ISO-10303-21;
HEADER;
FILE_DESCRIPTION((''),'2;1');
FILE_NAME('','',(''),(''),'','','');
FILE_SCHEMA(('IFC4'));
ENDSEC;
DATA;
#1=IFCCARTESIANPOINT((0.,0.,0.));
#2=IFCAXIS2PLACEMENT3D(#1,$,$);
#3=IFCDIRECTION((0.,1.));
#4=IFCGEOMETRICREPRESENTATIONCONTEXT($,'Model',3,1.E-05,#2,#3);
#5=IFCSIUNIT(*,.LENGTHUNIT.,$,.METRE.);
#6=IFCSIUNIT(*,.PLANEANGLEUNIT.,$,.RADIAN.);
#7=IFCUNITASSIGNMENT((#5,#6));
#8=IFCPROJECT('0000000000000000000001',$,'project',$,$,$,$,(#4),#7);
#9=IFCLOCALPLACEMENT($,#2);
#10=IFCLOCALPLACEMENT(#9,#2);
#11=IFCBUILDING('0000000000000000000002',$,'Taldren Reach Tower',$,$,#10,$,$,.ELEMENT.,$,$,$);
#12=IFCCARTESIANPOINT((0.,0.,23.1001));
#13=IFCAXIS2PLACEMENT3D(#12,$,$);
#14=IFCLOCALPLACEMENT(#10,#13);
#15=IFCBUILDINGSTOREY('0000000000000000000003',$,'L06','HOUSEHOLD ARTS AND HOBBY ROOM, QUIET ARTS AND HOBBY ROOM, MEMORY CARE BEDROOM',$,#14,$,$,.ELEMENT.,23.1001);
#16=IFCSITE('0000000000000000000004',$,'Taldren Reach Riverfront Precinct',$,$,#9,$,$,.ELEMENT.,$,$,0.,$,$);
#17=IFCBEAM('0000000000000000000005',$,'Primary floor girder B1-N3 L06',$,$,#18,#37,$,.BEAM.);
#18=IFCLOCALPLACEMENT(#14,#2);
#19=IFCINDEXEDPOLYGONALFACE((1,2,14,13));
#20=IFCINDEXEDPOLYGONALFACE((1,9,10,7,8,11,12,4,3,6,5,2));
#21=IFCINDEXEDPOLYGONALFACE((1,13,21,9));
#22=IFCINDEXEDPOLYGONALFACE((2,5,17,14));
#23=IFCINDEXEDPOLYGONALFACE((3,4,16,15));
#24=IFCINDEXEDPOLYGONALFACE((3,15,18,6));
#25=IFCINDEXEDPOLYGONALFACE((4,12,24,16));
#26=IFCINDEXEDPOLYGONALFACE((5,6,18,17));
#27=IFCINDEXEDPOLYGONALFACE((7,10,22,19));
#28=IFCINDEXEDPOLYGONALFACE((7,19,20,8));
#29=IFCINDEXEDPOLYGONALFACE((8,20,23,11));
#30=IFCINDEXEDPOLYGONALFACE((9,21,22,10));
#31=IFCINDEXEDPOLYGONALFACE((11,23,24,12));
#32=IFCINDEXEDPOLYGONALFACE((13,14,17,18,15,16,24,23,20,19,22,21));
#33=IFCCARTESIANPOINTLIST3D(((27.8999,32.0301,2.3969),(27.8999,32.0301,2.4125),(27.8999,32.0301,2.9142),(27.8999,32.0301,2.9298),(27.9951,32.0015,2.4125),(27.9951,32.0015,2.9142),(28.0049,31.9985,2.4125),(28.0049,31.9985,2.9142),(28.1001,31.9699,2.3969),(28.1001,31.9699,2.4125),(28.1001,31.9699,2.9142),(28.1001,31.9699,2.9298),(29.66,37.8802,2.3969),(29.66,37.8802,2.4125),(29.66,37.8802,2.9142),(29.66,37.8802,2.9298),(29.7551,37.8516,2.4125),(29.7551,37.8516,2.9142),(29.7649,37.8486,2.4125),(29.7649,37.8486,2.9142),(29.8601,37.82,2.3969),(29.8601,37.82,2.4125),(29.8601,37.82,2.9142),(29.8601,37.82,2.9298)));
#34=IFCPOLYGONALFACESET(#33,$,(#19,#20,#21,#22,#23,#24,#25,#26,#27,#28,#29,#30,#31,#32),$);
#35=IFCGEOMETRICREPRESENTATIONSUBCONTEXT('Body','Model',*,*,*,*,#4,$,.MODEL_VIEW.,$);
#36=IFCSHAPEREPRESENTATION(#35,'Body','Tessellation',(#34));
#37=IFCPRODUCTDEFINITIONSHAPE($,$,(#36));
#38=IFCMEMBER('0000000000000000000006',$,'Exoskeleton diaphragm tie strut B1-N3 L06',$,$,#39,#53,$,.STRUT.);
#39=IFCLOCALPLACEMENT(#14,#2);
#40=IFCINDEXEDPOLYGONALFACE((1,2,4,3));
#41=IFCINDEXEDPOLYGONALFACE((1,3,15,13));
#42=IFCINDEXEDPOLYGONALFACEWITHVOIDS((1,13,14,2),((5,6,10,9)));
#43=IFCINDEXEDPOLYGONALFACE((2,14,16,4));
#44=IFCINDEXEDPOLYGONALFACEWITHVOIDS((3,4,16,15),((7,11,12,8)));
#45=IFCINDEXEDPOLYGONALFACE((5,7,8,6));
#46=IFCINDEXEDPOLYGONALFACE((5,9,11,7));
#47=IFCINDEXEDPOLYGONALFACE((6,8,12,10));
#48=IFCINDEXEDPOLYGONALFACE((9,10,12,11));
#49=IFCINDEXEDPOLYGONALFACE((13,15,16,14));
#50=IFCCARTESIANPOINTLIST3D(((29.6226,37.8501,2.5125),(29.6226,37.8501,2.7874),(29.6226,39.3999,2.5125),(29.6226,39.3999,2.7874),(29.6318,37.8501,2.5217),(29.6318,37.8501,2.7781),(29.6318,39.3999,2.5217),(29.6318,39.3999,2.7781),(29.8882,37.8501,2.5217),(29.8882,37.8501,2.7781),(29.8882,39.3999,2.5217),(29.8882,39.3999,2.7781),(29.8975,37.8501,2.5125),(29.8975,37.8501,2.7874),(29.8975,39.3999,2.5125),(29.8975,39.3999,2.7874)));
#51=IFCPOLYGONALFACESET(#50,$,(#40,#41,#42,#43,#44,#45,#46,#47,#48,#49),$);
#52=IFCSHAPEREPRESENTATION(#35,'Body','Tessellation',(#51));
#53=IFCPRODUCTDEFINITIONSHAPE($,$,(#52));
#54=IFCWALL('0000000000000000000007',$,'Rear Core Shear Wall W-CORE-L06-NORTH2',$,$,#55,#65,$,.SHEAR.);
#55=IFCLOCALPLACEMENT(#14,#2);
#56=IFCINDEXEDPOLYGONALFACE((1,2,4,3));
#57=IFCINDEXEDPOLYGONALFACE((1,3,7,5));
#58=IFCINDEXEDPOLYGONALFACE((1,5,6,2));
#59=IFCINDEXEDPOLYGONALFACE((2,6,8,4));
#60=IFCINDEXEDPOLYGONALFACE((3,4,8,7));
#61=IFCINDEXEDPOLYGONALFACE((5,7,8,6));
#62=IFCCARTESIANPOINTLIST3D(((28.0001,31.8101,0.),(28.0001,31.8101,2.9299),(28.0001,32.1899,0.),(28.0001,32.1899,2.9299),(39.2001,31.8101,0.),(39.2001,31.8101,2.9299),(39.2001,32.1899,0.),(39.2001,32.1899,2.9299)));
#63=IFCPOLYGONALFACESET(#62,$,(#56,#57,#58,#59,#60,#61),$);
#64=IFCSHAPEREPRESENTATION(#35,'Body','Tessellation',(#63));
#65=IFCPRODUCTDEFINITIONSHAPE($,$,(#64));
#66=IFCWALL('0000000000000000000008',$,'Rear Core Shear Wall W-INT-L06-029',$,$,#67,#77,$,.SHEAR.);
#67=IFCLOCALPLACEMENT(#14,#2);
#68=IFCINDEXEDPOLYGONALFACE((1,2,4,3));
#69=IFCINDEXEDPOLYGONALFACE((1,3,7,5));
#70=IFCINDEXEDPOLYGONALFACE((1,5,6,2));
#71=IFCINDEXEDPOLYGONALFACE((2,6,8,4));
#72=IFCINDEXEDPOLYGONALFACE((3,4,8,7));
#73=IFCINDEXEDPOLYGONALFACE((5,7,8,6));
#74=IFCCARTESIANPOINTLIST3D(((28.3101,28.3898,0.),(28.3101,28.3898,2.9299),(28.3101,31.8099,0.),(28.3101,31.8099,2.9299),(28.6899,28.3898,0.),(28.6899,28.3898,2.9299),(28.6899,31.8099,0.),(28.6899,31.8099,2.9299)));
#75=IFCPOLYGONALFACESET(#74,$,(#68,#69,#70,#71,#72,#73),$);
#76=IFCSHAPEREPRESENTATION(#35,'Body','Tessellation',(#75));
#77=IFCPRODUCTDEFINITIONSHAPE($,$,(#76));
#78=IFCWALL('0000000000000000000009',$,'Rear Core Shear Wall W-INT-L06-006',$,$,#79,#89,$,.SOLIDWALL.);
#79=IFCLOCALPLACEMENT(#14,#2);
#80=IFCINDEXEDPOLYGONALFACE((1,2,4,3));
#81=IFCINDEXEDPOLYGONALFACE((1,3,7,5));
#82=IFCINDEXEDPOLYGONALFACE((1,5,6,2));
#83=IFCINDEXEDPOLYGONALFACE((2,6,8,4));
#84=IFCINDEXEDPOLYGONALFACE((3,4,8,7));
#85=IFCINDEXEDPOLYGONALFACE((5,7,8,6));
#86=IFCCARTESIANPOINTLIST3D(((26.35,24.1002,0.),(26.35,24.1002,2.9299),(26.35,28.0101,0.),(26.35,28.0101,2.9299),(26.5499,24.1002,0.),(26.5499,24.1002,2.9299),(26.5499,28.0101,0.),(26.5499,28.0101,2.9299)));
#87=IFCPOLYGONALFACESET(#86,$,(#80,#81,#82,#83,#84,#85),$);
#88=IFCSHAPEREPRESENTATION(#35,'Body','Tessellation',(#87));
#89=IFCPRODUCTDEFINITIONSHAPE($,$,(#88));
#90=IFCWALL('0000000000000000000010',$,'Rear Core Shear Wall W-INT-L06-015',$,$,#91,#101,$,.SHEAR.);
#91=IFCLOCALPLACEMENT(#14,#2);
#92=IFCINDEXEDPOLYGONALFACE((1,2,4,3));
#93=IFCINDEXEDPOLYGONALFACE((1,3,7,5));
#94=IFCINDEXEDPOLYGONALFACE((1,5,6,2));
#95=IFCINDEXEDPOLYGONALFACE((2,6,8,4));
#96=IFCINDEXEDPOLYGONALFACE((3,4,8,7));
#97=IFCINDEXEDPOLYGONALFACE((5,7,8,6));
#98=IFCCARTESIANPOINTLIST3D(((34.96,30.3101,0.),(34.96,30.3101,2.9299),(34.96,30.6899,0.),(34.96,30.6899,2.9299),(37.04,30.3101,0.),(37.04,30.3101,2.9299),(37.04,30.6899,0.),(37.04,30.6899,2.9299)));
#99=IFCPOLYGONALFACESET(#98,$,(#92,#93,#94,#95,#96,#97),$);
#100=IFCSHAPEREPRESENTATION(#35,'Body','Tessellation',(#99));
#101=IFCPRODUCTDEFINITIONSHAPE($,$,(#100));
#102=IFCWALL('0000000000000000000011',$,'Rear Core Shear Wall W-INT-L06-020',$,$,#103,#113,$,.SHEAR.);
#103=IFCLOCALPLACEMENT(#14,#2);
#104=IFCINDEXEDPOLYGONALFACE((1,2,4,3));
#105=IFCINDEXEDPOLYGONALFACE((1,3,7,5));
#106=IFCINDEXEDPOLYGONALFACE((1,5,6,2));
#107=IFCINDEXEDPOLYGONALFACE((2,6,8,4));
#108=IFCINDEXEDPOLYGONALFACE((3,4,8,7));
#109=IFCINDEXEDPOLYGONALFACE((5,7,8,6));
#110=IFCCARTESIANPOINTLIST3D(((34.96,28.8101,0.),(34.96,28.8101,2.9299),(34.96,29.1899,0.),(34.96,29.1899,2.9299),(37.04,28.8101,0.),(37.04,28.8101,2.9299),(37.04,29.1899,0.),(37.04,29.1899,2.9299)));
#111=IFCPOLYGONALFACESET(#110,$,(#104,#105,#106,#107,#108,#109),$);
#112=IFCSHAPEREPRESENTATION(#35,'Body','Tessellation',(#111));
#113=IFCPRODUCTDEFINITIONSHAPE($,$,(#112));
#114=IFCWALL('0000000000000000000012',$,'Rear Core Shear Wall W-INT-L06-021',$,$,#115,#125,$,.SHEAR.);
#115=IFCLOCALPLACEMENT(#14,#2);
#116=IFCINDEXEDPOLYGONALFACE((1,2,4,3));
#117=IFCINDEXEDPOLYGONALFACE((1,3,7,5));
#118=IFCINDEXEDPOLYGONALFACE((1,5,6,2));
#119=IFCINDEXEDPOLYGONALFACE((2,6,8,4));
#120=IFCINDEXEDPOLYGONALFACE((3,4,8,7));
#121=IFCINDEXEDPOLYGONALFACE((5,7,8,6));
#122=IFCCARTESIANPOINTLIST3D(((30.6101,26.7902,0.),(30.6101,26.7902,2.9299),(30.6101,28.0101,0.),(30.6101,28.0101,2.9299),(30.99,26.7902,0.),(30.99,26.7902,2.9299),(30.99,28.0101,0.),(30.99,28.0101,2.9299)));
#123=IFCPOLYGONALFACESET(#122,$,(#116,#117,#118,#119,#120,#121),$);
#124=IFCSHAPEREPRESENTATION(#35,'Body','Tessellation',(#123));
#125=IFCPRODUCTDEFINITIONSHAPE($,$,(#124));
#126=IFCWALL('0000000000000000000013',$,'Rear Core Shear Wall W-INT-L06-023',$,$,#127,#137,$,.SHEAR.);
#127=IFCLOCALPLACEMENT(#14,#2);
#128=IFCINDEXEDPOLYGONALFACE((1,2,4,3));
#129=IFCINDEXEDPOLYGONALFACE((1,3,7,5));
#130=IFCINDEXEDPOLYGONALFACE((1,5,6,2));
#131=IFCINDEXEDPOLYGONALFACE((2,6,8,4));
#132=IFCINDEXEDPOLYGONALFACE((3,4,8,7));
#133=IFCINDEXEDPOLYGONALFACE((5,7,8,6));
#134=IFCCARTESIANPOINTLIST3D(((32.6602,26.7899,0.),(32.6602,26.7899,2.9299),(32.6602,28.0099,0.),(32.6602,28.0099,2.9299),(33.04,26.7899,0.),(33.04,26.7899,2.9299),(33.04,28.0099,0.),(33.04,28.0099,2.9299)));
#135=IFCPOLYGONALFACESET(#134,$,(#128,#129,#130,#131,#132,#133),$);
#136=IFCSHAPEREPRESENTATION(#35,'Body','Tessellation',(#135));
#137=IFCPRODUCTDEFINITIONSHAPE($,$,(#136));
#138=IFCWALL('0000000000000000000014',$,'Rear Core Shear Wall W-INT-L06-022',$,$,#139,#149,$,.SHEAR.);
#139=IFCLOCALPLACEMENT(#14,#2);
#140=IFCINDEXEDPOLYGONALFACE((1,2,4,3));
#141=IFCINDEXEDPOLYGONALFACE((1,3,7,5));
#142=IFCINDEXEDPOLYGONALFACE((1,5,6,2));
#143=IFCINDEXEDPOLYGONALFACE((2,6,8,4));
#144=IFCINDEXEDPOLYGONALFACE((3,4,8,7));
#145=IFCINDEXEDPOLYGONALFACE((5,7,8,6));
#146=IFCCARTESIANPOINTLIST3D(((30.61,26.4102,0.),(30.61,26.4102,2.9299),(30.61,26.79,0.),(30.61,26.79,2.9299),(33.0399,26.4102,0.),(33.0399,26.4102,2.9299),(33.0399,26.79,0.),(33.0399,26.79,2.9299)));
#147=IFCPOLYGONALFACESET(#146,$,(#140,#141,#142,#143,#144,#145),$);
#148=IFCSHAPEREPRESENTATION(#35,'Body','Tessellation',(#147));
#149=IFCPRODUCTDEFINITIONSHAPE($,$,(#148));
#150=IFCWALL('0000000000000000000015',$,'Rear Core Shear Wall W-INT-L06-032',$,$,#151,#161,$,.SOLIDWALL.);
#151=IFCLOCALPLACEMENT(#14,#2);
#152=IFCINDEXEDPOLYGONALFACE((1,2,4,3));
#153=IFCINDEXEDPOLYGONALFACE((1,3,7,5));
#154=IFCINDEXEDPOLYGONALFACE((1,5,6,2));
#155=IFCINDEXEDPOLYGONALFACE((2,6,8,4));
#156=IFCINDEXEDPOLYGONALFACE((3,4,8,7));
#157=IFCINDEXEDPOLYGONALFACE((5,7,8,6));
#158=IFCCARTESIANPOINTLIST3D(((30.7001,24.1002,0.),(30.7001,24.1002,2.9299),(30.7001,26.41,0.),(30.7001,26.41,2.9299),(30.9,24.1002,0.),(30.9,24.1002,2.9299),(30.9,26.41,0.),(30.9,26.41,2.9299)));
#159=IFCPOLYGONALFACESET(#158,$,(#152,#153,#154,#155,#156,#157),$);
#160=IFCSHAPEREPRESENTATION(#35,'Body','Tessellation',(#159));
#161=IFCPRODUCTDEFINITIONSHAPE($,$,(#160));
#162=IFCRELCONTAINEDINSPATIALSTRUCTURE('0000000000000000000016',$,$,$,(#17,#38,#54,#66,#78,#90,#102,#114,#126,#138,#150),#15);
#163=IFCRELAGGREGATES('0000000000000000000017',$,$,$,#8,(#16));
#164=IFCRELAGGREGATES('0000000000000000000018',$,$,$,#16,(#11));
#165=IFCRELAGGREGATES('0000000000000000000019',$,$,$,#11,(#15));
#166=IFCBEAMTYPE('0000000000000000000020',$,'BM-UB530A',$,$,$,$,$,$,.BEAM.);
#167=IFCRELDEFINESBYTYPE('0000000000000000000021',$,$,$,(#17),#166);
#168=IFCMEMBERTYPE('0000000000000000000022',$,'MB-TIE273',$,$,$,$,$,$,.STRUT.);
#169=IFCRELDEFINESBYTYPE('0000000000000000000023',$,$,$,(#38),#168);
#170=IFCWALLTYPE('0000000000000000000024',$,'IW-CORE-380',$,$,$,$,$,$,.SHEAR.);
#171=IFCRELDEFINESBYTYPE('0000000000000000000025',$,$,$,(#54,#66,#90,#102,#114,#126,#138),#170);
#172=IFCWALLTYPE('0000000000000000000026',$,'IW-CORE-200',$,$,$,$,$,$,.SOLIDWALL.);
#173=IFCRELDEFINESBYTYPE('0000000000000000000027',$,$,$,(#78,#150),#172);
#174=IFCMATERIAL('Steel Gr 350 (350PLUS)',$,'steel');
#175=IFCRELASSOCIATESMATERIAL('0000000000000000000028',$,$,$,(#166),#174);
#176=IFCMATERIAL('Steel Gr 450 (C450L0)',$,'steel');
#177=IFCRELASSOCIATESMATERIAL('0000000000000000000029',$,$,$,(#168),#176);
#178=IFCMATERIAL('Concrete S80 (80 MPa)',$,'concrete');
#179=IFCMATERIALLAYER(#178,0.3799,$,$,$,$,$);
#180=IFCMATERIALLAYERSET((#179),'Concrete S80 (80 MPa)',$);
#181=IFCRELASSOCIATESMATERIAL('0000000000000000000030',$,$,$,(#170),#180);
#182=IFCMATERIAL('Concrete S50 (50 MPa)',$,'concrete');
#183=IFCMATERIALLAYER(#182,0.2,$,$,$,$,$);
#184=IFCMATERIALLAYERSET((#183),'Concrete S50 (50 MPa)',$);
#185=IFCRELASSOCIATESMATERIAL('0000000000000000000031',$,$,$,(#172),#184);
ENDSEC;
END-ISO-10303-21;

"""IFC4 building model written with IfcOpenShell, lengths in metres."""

from ifc_helpers import new_model, si_unit, direction, frame, frame_2d, origin, origin_2d, place, context, subcontext, project, spatial, rectangle, hollow_rectangle, i_section, extrude, source, transform, mapped, material, layer, layer_set, material_profile, profile_set, type_object, element, save


model = new_model("IFC4")

# Units and contexts
model_context = context("Model", 3, precision=1e-05, world=origin(), true_north=direction((0.0, 1.0)))
body_context = subcontext(model_context, "Body", "Model", "MODEL_VIEW")
ifc_project = project(units=[si_unit("LENGTHUNIT", "METRE"), si_unit("PLANEANGLEUNIT", "RADIAN")], contexts=[model_context])

# Site, building, storey
site_placement = place(None, origin())
site = spatial("IfcSite", under=ifc_project, at=site_placement, Name="Taldren Reach Riverfront Precinct", CompositionType="ELEMENT", RefElevation=0.0)
building_placement = place(site_placement, origin())
building = spatial("IfcBuilding", under=site, at=building_placement, Name="Taldren Reach Tower", CompositionType="ELEMENT")
storey_placement = place(building_placement, frame((0.0, 0.0, 23.1001)))
storey = spatial("IfcBuildingStorey", under=building, at=storey_placement, Name="L06", Description="HOUSEHOLD ARTS AND HOBBY ROOM, QUIET ARTS AND HOBBY ROOM, MEMORY CARE BEDROOM", CompositionType="ELEMENT", Elevation=23.1001)

# Shared definitions
ifc_material_1 = material(Name="Steel Gr 350 (350PLUS)", Category="steel")

# Beam
ifc_material_profile_1 = material_profile(ifc_material_1, i_section(OverallWidth=0.209, OverallDepth=0.533, WebThickness=0.0103, FlangeThickness=0.0156, at=origin_2d()), Name="530UB92.4")
ifc_profile_set_1 = profile_set([ifc_material_profile_1], Name="Steel Gr 350 (350PLUS)")
beam_type_1 = type_object("IfcBeamType", Name="BM-UB530A", PredefinedType="BEAM", material=ifc_profile_set_1)
shared_shape_1 = source(origin(), body_context, "Body", "SweptSolid", [
    extrude(i_section(OverallWidth=0.209, OverallDepth=0.533, WebThickness=0.0103, FlangeThickness=0.0156, at=origin_2d()), origin(), (0.0, 0.0, 1.0), 6.1091),
])
beam_1_placement = place(storey_placement, frame((28.0, 32.0, 2.6633), z_axis=(0.288096, 0.957602, 0.0), x_axis=(-0.957602, 0.288096, 0.0)))
element("IfcBeam", 1, at=beam_1_placement, inside=storey, type_object=beam_type_1, Name="Primary floor girder B1-N3 L06", PredefinedType="BEAM", context=body_context, shape_type="MappedRepresentation", body=[
    mapped(shared_shape_1, transform((0.0, 0.0, 0.0), scale=1.0)),
])

# Member
ifc_material_2 = material(Name="Steel Gr 450 (C450L0)", Category="steel")
ifc_material_profile_2 = material_profile(ifc_material_2, hollow_rectangle(XDim=0.2749, YDim=0.2749, WallThickness=0.0093, at=origin_2d()), Name="275x275x9.3SHS")
ifc_profile_set_2 = profile_set([ifc_material_profile_2], Name="Steel Gr 450 (C450L0)")
member_type = type_object("IfcMemberType", Name="MB-TIE273", PredefinedType="STRUT", material=ifc_profile_set_2)
shared_shape_2 = source(origin(), body_context, "Body", "SweptSolid", [
    extrude(hollow_rectangle(XDim=0.2749, YDim=0.2749, WallThickness=0.0093, at=origin_2d()), origin(), (0.0, 0.0, 1.0), 1.5498),
])
member_placement = place(storey_placement, frame((29.76, 37.8501, 2.6499), z_axis=(0.0, 1.0, 0.0), x_axis=(-1.0, 0.0, 0.0)))
element("IfcMember", 2, at=member_placement, inside=storey, type_object=member_type, Name="Exoskeleton diaphragm tie strut B1-N3 L06", PredefinedType="STRUT", context=body_context, shape_type="MappedRepresentation", body=[
    mapped(shared_shape_2, transform((0.0, 0.0, 0.0), scale=1.0)),
])

# Walls
ifc_material_3 = material(Name="Concrete S80 (80 MPa)", Category="concrete")
ifc_layer_1 = layer(ifc_material_3, 0.3799)
ifc_layer_set_1 = layer_set([ifc_layer_1], Name="Concrete S80 (80 MPa)")
wall_type_1 = type_object("IfcWallType", Name="IW-CORE-380", PredefinedType="SHEAR", material=ifc_layer_set_1)
shared_shape_3 = source(origin(), body_context, "Body", "SweptSolid", [
    extrude(rectangle(XDim=11.2, YDim=0.3799, at=frame_2d((5.6001, 0.0))), origin(), (0.0, 0.0, 1.0), 2.9299),
])
wall_1_placement = place(storey_placement, frame((28.0, 32.0, 0.0), z_axis=(0.0, 0.0, 1.0), x_axis=(1.0, 0.0, 0.0)))
element("IfcWall", 3, at=wall_1_placement, inside=storey, type_object=wall_type_1, Name="Rear Core Shear Wall W-CORE-L06-NORTH2", PredefinedType="SHEAR", context=body_context, shape_type="MappedRepresentation", body=[
    mapped(shared_shape_3, transform((0.0, 0.0, 0.0), scale=1.0)),
])
shared_shape_4 = source(origin(), body_context, "Body", "SweptSolid", [
    extrude(rectangle(XDim=3.4202, YDim=0.3799, at=frame_2d((1.71, 0.0))), origin(), (0.0, 0.0, 1.0), 2.9299),
])
wall_2_placement = place(storey_placement, frame((28.5, 28.3899, 0.0), z_axis=(0.0, 0.0, 1.0), x_axis=(0.0, 1.0, 0.0)))
element("IfcWall", 4, at=wall_2_placement, inside=storey, type_object=wall_type_1, Name="Rear Core Shear Wall W-INT-L06-029", PredefinedType="SHEAR", context=body_context, shape_type="MappedRepresentation", body=[
    mapped(shared_shape_4, transform((0.0, 0.0, 0.0), scale=1.0)),
])
ifc_material_4 = material(Name="Concrete S50 (50 MPa)", Category="concrete")
ifc_layer_2 = layer(ifc_material_4, 0.2)
ifc_layer_set_2 = layer_set([ifc_layer_2], Name="Concrete S50 (50 MPa)")
wall_type_2 = type_object("IfcWallType", Name="IW-CORE-200", PredefinedType="SOLIDWALL", material=ifc_layer_set_2)
shared_shape_5 = source(origin(), body_context, "Body", "SweptSolid", [
    extrude(rectangle(XDim=3.9099, YDim=0.2, at=frame_2d((1.9551, 0.0))), origin(), (0.0, 0.0, 1.0), 2.9299),
])
wall_3_placement = place(storey_placement, frame((26.45, 24.1001, 0.0), z_axis=(0.0, 0.0, 1.0), x_axis=(0.0, 1.0, 0.0)))
element("IfcWall", 5, at=wall_3_placement, inside=storey, type_object=wall_type_2, Name="Rear Core Shear Wall W-INT-L06-006", PredefinedType="SOLIDWALL", context=body_context, shape_type="MappedRepresentation", body=[
    mapped(shared_shape_5, transform((0.0, 0.0, 0.0), scale=1.0)),
])
shared_shape_6 = source(origin(), body_context, "Body", "SweptSolid", [
    extrude(rectangle(XDim=2.0801, YDim=0.3799, at=frame_2d((1.04, 0.0))), origin(), (0.0, 0.0, 1.0), 2.9299),
])
for number, where, z_axis, x_axis, name in (
    (6, (34.96, 30.5, 0.0), (0.0, 0.0, 1.0), (1.0, 0.0, 0.0), "Rear Core Shear Wall W-INT-L06-015"),
    (7, (34.96, 29.0, 0.0), (0.0, 0.0, 1.0), (1.0, 0.0, 0.0), "Rear Core Shear Wall W-INT-L06-020"),
):
    element("IfcWall", number, at=place(storey_placement, frame(where, z_axis=z_axis, x_axis=x_axis)), inside=storey, type_object=wall_type_1, Name=name, PredefinedType="SHEAR", context=body_context, shape_type="MappedRepresentation", body=[
        mapped(shared_shape_6, transform((0.0, 0.0, 0.0), scale=1.0)),
    ])
shared_shape_7 = source(origin(), body_context, "Body", "SweptSolid", [
    extrude(rectangle(XDim=1.22, YDim=0.3799, at=frame_2d((0.6099, 0.0))), origin(), (0.0, 0.0, 1.0), 2.9299),
])
for number, where, z_axis, x_axis, name in (
    (8, (30.8, 28.01, 0.0), (0.0, 0.0, 1.0), (0.0, -1.0, 0.0), "Rear Core Shear Wall W-INT-L06-021"),
    (9, (32.8501, 26.79, 0.0), (0.0, 0.0, 1.0), (0.0, 1.0, 0.0), "Rear Core Shear Wall W-INT-L06-023"),
):
    element("IfcWall", number, at=place(storey_placement, frame(where, z_axis=z_axis, x_axis=x_axis)), inside=storey, type_object=wall_type_1, Name=name, PredefinedType="SHEAR", context=body_context, shape_type="MappedRepresentation", body=[
        mapped(shared_shape_7, transform((0.0, 0.0, 0.0), scale=1.0)),
    ])
shared_shape_8 = source(origin(), body_context, "Body", "SweptSolid", [
    extrude(rectangle(XDim=2.4299, YDim=0.3799, at=frame_2d((1.2148, 0.0))), origin(), (0.0, 0.0, 1.0), 2.9299),
])
wall_4_placement = place(storey_placement, frame((30.6101, 26.6001, 0.0), z_axis=(0.0, 0.0, 1.0), x_axis=(1.0, 0.0, 0.0)))
element("IfcWall", 10, at=wall_4_placement, inside=storey, type_object=wall_type_1, Name="Rear Core Shear Wall W-INT-L06-022", PredefinedType="SHEAR", context=body_context, shape_type="MappedRepresentation", body=[
    mapped(shared_shape_8, transform((0.0, 0.0, 0.0), scale=1.0)),
])

# Wall
shared_shape_9 = source(origin(), body_context, "Body", "SweptSolid", [
    extrude(rectangle(XDim=2.3098, YDim=0.2, at=frame_2d((1.1548, 0.0))), origin(), (0.0, 0.0, 1.0), 2.9299),
])
wall_5_placement = place(storey_placement, frame((30.8, 26.4099, 0.0), z_axis=(0.0, 0.0, 1.0), x_axis=(0.0, -1.0, 0.0)))
element("IfcWall", 11, at=wall_5_placement, inside=storey, type_object=wall_type_2, Name="Rear Core Shear Wall W-INT-L06-032", PredefinedType="SOLIDWALL", context=body_context, shape_type="MappedRepresentation", body=[
    mapped(shared_shape_9, transform((0.0, 0.0, 0.0), scale=1.0)),
])

save(model, "model.ifc")
